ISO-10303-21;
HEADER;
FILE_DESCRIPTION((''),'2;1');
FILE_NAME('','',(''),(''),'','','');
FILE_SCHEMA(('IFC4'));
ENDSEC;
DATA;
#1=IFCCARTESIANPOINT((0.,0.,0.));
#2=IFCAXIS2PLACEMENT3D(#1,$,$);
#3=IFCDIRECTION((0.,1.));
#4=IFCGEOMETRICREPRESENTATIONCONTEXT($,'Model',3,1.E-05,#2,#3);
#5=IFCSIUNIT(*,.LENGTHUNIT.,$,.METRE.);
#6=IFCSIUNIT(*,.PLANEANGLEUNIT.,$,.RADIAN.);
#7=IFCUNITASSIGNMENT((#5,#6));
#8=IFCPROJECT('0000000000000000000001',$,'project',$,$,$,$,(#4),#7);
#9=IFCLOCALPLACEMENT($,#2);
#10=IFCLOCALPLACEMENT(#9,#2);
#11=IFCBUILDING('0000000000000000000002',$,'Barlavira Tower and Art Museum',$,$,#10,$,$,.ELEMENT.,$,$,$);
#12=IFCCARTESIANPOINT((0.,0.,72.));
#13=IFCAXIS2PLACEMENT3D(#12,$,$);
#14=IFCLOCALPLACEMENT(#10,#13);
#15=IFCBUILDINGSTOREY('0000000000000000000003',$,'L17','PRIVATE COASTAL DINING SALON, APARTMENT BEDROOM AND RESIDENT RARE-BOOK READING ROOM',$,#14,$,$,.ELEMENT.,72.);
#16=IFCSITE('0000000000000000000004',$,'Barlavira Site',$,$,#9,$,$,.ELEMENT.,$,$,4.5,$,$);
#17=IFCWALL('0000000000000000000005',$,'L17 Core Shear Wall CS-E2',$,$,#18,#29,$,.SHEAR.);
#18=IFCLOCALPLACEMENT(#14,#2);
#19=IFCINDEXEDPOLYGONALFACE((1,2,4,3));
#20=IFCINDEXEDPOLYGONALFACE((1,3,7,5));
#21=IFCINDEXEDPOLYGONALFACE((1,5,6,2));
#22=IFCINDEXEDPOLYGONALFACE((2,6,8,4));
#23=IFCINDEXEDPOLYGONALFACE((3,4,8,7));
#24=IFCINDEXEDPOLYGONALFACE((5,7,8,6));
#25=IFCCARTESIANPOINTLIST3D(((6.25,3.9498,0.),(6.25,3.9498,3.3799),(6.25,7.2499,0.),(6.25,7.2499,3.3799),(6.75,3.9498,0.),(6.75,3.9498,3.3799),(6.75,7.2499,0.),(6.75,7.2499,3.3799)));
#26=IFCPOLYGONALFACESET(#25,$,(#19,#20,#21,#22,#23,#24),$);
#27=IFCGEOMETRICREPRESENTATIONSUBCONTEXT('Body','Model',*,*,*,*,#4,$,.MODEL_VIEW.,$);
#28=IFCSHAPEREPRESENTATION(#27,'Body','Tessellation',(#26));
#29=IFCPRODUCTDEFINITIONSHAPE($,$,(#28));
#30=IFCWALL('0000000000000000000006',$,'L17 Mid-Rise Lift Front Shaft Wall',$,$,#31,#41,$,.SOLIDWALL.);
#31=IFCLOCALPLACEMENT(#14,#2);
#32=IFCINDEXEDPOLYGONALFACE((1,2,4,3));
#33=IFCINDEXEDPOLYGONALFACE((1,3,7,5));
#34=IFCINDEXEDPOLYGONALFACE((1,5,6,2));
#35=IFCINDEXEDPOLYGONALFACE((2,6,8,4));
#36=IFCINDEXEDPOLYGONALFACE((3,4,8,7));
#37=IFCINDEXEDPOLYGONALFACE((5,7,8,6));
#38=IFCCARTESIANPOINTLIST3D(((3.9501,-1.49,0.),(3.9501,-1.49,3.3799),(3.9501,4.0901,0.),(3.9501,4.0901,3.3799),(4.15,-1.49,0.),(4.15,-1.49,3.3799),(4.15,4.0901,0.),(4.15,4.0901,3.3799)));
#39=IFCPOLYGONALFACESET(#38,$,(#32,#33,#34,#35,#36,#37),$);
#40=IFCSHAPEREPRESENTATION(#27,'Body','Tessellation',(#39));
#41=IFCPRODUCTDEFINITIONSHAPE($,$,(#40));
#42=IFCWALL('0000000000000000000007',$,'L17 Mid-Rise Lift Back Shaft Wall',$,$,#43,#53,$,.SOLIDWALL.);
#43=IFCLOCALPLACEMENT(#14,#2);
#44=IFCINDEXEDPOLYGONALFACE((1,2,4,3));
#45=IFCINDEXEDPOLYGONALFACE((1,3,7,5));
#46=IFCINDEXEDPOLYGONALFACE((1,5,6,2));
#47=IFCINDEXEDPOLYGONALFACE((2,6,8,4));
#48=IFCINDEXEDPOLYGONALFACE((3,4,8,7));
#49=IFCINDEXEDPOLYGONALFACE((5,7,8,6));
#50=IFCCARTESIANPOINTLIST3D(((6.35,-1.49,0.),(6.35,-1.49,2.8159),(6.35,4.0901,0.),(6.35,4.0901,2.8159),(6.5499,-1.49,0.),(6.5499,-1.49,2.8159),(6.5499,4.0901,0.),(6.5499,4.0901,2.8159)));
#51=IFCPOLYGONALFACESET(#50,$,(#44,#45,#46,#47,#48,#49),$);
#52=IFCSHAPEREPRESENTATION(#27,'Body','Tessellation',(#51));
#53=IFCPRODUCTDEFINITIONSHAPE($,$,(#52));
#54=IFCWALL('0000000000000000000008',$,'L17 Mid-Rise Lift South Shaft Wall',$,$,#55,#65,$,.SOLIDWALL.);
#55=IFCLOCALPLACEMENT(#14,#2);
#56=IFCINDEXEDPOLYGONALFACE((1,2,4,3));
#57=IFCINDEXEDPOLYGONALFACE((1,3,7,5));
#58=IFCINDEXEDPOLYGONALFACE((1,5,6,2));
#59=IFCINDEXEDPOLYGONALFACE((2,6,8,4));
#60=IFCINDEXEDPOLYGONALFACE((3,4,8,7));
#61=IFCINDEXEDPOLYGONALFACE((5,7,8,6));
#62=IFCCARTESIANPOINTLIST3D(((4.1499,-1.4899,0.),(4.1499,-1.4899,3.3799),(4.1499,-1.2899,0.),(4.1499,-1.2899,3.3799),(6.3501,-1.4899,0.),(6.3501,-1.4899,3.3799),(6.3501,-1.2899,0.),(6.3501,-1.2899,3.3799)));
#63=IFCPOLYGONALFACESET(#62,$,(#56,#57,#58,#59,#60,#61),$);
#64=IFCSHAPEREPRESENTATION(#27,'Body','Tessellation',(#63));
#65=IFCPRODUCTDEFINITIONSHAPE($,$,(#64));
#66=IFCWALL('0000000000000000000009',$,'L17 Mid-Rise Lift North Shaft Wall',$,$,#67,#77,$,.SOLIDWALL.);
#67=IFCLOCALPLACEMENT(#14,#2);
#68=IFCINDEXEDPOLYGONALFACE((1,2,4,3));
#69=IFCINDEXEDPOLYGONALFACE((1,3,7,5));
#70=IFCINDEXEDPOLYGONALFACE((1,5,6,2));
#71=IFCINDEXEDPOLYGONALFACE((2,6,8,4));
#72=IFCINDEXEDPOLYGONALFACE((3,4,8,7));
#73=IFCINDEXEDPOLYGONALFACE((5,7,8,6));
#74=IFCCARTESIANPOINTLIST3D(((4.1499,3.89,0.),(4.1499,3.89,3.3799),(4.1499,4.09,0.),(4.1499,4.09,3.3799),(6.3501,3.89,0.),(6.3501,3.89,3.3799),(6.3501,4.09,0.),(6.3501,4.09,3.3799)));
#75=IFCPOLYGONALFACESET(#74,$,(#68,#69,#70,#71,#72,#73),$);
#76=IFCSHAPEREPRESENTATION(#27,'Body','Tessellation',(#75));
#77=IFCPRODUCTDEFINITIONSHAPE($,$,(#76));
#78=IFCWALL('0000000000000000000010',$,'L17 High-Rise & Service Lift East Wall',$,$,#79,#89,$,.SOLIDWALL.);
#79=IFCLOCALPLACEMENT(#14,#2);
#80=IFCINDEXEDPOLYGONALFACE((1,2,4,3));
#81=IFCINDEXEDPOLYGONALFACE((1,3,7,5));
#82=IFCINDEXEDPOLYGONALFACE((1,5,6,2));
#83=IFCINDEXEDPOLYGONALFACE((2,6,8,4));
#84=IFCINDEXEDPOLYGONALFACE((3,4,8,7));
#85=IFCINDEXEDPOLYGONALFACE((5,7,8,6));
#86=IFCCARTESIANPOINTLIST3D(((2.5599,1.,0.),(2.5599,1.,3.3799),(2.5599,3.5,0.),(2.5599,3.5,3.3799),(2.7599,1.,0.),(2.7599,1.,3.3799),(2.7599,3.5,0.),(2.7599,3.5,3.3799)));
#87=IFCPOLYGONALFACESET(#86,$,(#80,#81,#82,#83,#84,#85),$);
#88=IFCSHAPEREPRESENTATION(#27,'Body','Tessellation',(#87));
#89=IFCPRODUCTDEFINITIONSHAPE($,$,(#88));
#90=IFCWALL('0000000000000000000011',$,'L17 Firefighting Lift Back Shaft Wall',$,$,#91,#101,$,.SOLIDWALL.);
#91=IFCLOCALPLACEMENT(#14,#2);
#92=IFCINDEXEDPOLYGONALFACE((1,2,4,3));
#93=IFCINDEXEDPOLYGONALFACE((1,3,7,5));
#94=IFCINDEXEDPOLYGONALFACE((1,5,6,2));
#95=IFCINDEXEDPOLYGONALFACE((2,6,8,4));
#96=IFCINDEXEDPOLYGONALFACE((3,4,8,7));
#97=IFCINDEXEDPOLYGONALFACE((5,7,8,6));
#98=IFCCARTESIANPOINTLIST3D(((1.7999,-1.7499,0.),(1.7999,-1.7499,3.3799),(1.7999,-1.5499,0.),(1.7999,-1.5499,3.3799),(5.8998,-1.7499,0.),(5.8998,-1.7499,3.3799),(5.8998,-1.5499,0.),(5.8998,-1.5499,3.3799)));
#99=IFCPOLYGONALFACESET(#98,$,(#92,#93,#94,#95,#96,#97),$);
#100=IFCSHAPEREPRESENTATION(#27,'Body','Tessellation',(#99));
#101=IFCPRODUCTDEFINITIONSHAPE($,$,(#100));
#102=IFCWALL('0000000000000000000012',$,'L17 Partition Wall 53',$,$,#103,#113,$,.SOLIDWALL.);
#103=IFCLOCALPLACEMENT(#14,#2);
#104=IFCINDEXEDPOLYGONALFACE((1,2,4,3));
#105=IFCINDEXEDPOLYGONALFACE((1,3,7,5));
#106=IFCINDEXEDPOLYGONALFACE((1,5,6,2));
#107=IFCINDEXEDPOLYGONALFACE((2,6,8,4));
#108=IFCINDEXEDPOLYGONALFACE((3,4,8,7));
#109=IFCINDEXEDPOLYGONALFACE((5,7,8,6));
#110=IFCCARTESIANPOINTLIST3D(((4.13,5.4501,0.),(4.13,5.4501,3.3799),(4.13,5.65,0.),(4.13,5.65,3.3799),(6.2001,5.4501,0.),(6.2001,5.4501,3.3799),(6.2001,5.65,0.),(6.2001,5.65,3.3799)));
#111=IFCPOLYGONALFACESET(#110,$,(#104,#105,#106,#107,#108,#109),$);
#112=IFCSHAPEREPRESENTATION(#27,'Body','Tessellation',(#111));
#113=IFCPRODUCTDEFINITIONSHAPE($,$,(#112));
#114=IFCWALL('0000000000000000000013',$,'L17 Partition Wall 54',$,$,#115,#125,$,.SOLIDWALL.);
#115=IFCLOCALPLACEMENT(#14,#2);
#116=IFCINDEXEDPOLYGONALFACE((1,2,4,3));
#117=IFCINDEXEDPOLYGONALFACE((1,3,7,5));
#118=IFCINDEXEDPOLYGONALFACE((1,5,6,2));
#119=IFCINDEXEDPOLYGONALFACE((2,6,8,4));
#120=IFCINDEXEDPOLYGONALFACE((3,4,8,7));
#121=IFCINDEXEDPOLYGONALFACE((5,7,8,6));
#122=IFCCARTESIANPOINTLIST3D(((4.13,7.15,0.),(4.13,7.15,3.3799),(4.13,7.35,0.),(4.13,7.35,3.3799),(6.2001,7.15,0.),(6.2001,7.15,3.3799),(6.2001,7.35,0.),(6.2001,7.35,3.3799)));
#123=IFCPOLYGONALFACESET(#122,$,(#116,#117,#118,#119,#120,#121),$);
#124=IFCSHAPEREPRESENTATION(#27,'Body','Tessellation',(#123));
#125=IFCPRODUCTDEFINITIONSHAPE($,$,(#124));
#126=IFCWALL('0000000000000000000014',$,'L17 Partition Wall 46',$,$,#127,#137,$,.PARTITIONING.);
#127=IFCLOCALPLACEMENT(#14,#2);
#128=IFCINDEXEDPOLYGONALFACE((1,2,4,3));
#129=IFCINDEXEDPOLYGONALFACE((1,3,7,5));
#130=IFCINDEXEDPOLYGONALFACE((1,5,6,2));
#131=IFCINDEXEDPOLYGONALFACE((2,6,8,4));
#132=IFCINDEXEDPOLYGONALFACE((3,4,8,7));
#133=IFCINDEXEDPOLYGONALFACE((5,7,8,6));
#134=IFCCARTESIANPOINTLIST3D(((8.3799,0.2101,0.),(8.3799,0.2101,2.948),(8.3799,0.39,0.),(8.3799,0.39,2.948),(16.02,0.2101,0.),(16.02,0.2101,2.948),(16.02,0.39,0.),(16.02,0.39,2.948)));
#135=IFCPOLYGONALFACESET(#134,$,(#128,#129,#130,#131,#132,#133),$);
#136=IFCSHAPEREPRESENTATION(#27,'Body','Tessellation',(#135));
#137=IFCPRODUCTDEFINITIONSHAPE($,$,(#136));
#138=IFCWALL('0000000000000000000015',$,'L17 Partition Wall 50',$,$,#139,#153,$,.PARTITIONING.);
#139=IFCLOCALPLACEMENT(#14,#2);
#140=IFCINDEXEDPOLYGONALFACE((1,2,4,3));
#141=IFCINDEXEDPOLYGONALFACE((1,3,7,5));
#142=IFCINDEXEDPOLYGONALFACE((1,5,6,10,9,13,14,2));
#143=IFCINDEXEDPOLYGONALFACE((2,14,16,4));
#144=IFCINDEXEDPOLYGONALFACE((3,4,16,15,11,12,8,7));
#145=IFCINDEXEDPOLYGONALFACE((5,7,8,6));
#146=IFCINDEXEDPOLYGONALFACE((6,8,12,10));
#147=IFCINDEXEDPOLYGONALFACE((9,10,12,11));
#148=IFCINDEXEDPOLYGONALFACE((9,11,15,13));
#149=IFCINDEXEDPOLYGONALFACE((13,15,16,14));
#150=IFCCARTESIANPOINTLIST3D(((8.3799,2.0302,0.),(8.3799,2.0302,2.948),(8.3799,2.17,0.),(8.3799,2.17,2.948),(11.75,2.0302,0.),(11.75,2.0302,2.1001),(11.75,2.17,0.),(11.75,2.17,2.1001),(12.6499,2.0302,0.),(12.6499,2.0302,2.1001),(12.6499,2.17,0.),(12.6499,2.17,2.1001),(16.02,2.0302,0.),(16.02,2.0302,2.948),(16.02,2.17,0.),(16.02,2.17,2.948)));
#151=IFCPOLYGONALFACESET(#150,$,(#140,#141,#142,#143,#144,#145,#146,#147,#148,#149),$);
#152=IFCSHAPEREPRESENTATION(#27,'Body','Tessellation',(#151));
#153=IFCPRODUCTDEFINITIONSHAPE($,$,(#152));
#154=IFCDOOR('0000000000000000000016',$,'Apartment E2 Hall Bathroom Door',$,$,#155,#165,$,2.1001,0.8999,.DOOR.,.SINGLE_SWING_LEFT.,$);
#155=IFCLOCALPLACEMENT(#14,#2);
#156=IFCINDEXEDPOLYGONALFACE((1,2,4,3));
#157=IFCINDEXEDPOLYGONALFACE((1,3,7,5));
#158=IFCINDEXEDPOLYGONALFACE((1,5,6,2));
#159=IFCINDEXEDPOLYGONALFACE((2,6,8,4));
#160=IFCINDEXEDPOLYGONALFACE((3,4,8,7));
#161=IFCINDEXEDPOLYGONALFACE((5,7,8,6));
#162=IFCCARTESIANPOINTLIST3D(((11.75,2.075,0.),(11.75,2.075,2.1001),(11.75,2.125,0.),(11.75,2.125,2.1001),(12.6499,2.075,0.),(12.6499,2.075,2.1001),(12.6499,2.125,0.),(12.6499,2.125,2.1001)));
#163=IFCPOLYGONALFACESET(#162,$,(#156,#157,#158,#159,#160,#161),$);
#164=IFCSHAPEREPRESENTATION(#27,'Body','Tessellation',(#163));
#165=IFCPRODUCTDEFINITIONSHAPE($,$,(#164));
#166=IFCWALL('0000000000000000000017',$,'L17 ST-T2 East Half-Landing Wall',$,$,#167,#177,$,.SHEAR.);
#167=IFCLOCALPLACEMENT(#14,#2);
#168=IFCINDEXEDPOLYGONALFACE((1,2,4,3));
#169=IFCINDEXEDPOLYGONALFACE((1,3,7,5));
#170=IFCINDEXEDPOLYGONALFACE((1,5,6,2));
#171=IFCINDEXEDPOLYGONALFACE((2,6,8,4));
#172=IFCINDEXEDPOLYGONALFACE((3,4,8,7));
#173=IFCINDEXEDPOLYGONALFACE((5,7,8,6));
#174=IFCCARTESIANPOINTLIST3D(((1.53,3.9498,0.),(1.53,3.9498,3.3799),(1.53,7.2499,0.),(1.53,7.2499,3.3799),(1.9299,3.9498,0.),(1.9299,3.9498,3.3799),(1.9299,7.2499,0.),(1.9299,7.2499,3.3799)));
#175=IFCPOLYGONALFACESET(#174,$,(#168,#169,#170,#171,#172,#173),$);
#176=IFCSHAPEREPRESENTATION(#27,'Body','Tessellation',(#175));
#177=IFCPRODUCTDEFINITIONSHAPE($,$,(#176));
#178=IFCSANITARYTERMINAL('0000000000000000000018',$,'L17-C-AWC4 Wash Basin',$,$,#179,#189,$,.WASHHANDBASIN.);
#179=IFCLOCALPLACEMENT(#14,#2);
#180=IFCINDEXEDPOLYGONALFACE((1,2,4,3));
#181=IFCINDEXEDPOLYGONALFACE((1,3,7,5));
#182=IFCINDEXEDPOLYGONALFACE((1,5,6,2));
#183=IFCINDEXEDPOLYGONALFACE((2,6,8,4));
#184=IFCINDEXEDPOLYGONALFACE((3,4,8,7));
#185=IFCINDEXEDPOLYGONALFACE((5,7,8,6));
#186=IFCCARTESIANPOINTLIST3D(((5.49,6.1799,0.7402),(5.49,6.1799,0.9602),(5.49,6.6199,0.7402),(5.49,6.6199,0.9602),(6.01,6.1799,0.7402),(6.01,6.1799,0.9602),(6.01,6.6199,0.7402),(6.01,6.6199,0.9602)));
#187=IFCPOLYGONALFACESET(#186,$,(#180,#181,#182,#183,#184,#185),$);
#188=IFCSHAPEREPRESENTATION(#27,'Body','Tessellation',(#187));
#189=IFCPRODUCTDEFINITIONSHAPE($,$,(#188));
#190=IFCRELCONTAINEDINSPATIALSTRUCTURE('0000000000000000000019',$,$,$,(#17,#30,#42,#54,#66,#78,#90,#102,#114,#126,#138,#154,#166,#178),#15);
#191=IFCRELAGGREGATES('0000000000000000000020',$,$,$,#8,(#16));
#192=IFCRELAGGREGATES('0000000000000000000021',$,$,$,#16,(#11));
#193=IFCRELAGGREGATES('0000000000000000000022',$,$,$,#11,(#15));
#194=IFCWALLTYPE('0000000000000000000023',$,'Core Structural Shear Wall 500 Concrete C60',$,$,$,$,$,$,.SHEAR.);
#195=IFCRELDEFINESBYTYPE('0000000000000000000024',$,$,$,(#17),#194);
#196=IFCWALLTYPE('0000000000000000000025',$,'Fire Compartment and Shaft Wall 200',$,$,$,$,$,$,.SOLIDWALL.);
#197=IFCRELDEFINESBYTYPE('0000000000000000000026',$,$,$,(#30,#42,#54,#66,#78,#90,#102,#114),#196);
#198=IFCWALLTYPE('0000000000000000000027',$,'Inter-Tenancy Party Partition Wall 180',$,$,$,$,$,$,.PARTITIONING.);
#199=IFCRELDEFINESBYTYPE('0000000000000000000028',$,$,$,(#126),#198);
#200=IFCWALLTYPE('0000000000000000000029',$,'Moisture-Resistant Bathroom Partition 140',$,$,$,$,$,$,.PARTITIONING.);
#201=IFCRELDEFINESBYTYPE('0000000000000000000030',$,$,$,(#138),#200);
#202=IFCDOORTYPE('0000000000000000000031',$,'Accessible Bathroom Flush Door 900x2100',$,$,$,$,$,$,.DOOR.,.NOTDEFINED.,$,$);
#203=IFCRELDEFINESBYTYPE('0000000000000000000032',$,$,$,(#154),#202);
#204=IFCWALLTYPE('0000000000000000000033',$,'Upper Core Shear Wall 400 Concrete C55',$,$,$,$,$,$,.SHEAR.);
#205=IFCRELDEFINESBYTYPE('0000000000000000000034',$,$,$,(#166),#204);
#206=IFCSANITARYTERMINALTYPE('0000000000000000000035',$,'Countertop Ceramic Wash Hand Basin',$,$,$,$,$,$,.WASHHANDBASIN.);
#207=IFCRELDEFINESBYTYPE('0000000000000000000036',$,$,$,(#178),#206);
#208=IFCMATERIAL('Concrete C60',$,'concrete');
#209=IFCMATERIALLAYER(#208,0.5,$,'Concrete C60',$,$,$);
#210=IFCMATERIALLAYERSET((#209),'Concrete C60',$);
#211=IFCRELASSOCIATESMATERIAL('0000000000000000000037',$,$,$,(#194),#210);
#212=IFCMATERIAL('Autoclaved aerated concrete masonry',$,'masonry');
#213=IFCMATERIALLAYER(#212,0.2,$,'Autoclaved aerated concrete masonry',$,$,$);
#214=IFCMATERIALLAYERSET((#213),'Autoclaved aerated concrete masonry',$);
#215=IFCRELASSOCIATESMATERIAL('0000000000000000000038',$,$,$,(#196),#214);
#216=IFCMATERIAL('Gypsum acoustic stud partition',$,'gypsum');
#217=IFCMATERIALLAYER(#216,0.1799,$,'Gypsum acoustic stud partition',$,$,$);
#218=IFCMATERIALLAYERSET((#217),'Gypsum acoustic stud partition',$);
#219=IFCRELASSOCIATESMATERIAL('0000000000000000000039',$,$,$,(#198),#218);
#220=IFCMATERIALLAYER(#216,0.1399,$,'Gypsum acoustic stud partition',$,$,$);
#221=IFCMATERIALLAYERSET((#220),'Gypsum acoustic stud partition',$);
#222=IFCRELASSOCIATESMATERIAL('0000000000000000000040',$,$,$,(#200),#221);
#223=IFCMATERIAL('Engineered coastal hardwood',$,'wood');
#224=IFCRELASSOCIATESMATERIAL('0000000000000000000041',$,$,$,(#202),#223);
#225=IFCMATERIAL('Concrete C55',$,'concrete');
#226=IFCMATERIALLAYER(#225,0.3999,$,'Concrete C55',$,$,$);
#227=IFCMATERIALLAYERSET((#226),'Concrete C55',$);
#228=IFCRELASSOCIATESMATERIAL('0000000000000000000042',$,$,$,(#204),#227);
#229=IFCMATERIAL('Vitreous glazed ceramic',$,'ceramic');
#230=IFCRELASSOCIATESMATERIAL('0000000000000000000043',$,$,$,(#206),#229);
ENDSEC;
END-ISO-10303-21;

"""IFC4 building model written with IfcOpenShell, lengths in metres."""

from ifc_helpers import new_model, si_unit, direction, frame, frame_2d, origin, origin_2d, place, context, subcontext, project, spatial, rectangle, extrude, material, layer, layer_set, type_object, element, fill, save


model = new_model("IFC4")

# Units and contexts
model_context = context("Model", 3, precision=1e-05, world=origin(), true_north=direction((0.0, 1.0)))
body_context = subcontext(model_context, "Body", "Model", "MODEL_VIEW")
ifc_project = project(units=[si_unit("LENGTHUNIT", "METRE"), si_unit("PLANEANGLEUNIT", "RADIAN")], contexts=[model_context])

# Site, building, storey
site_placement = place(None, origin())
site = spatial("IfcSite", under=ifc_project, at=site_placement, Name="Barlavira Site", CompositionType="ELEMENT", RefElevation=4.5)
building_placement = place(site_placement, origin())
building = spatial("IfcBuilding", under=site, at=building_placement, Name="Barlavira Tower and Art Museum", CompositionType="ELEMENT")
storey_placement = place(building_placement, frame((0.0, 0.0, 72.0)))
storey = spatial("IfcBuildingStorey", under=building, at=storey_placement, Name="L17", Description="PRIVATE COASTAL DINING SALON, APARTMENT BEDROOM AND RESIDENT RARE-BOOK READING ROOM", CompositionType="ELEMENT", Elevation=72.0)

# Shared definitions
ifc_material_1 = material(Name="Gypsum acoustic stud partition", Category="gypsum")
ifc_material_2 = material(Name="Engineered coastal hardwood", Category="wood")

# Walls
ifc_material_3 = material(Name="Concrete C60", Category="concrete")
ifc_layer_1 = layer(ifc_material_3, 0.5, Name="Concrete C60")
ifc_layer_set_1 = layer_set([ifc_layer_1], Name="Concrete C60")
wall_type_1 = type_object("IfcWallType", Name="Core Structural Shear Wall 500 Concrete C60", PredefinedType="SHEAR", material=ifc_layer_set_1)
wall_1_placement = place(storey_placement, frame((6.5, 3.95, 0.0), z_axis=(0.0, 0.0, 1.0), x_axis=(0.0, 1.0, 0.0)))
element("IfcWall", 1, at=wall_1_placement, inside=storey, type_object=wall_type_1, Name="L17 Core Shear Wall CS-E2", PredefinedType="SHEAR", context=body_context, shape_type="SweptSolid", body=[
    extrude(rectangle(XDim=3.3, YDim=0.5, at=frame_2d((1.6499, 0.0))), origin(), (0.0, 0.0, 1.0), 3.3799),
])
ifc_material_4 = material(Name="Autoclaved aerated concrete masonry", Category="masonry")
ifc_layer_2 = layer(ifc_material_4, 0.2, Name="Autoclaved aerated concrete masonry")
ifc_layer_set_2 = layer_set([ifc_layer_2], Name="Autoclaved aerated concrete masonry")
wall_type_2 = type_object("IfcWallType", Name="Fire Compartment and Shaft Wall 200", PredefinedType="SOLIDWALL", material=ifc_layer_set_2)
wall_2_placement = place(storey_placement, frame((4.05, -1.49, 0.0), z_axis=(0.0, 0.0, 1.0), x_axis=(0.0, 1.0, 0.0)))
element("IfcWall", 2, at=wall_2_placement, inside=storey, type_object=wall_type_2, Name="L17 Mid-Rise Lift Front Shaft Wall", PredefinedType="SOLIDWALL", context=body_context, shape_type="SweptSolid", body=[
    extrude(rectangle(XDim=5.5801, YDim=0.2, at=frame_2d((2.79, 0.0))), origin(), (0.0, 0.0, 1.0), 3.3799),
])
wall_3_placement = place(storey_placement, frame((6.45, -1.49, 0.0), z_axis=(0.0, 0.0, 1.0), x_axis=(0.0, 1.0, 0.0)))
element("IfcWall", 3, at=wall_3_placement, inside=storey, type_object=wall_type_2, Name="L17 Mid-Rise Lift Back Shaft Wall", PredefinedType="SOLIDWALL", context=body_context, shape_type="SweptSolid", body=[
    extrude(rectangle(XDim=5.5801, YDim=0.2, at=frame_2d((2.79, 0.0))), origin(), (0.0, 0.0, 1.0), 2.8159),
])
for number, where, z_axis, x_axis, name in (
    (4, (4.1499, -1.3899, 0.0), (0.0, 0.0, 1.0), (1.0, 0.0, 0.0), "L17 Mid-Rise Lift South Shaft Wall"),
    (5, (4.1499, 3.99, 0.0), (0.0, 0.0, 1.0), (1.0, 0.0, 0.0), "L17 Mid-Rise Lift North Shaft Wall"),
):
    element("IfcWall", number, at=place(storey_placement, frame(where, z_axis=z_axis, x_axis=x_axis)), inside=storey, type_object=wall_type_2, Name=name, PredefinedType="SOLIDWALL", context=body_context, shape_type="SweptSolid", body=[
        extrude(rectangle(XDim=2.2002, YDim=0.2, at=frame_2d((1.1001, 0.0))), origin(), (0.0, 0.0, 1.0), 3.3799),
    ])
wall_4_placement = place(storey_placement, frame((2.6599, 1.0, 0.0), z_axis=(0.0, 0.0, 1.0), x_axis=(0.0, 1.0, 0.0)))
element("IfcWall", 6, at=wall_4_placement, inside=storey, type_object=wall_type_2, Name="L17 High-Rise & Service Lift East Wall", PredefinedType="SOLIDWALL", context=body_context, shape_type="SweptSolid", body=[
    extrude(rectangle(XDim=2.5, YDim=0.2, at=frame_2d((1.25, 0.0))), origin(), (0.0, 0.0, 1.0), 3.3799),
])
wall_5_placement = place(storey_placement, frame((1.8, -1.6499, 0.0), z_axis=(0.0, 0.0, 1.0), x_axis=(1.0, 0.0, 0.0)))
element("IfcWall", 7, at=wall_5_placement, inside=storey, type_object=wall_type_2, Name="L17 Firefighting Lift Back Shaft Wall", PredefinedType="SOLIDWALL", context=body_context, shape_type="SweptSolid", body=[
    extrude(rectangle(XDim=4.0999, YDim=0.2, at=frame_2d((2.0498, 0.0))), origin(), (0.0, 0.0, 1.0), 3.3799),
])

# Walls
for number, where, z_axis, x_axis, name in (
    (8, (4.1299, 5.55, 0.0), (0.0, 0.0, 1.0), (1.0, 0.0, 0.0), "L17 Partition Wall 53"),
    (9, (4.1299, 7.25, 0.0), (0.0, 0.0, 1.0), (1.0, 0.0, 0.0), "L17 Partition Wall 54"),
):
    element("IfcWall", number, at=place(storey_placement, frame(where, z_axis=z_axis, x_axis=x_axis)), inside=storey, type_object=wall_type_2, Name=name, PredefinedType="SOLIDWALL", context=body_context, shape_type="SweptSolid", body=[
        extrude(rectangle(XDim=2.0701, YDim=0.2, at=frame_2d((1.0352, 0.0))), origin(), (0.0, 0.0, 1.0), 3.3799),
    ])
ifc_layer_3 = layer(ifc_material_1, 0.1799, Name="Gypsum acoustic stud partition")
ifc_layer_set_3 = layer_set([ifc_layer_3], Name="Gypsum acoustic stud partition")
wall_type_3 = type_object("IfcWallType", Name="Inter-Tenancy Party Partition Wall 180", PredefinedType="PARTITIONING", material=ifc_layer_set_3)
wall_6_placement = place(storey_placement, frame((8.3799, 0.3, 0.0), z_axis=(0.0, 0.0, 1.0), x_axis=(1.0, 0.0, 0.0)))
element("IfcWall", 10, at=wall_6_placement, inside=storey, type_object=wall_type_3, Name="L17 Partition Wall 46", PredefinedType="PARTITIONING", context=body_context, shape_type="SweptSolid", body=[
    extrude(rectangle(XDim=7.6401, YDim=0.1799, at=frame_2d((3.8201, 0.0))), origin(), (0.0, 0.0, 1.0), 2.948),
])

# Wall, opening, door
ifc_layer_4 = layer(ifc_material_1, 0.1399, Name="Gypsum acoustic stud partition")
ifc_layer_set_4 = layer_set([ifc_layer_4], Name="Gypsum acoustic stud partition")
wall_type_4 = type_object("IfcWallType", Name="Moisture-Resistant Bathroom Partition 140", PredefinedType="PARTITIONING", material=ifc_layer_set_4)
wall_7_placement = place(storey_placement, frame((8.3799, 2.1001, 0.0), z_axis=(0.0, 0.0, 1.0), x_axis=(1.0, 0.0, 0.0)))
wall_7 = element("IfcWall", 11, at=wall_7_placement, inside=storey, type_object=wall_type_4, Name="L17 Partition Wall 50", PredefinedType="PARTITIONING", context=body_context, shape_type="SweptSolid", body=[
    extrude(rectangle(XDim=7.6401, YDim=0.1399, at=frame_2d((3.8201, 0.0))), origin(), (0.0, 0.0, 1.0), 2.948),
])
opening_1_placement = place(wall_7_placement, frame((3.3701, 0.0, 0.0)))
opening_1 = element("IfcOpeningElement", 12, at=opening_1_placement, cuts=wall_7, PredefinedType="OPENING", context=body_context, shape_type="SweptSolid", body=[
    extrude(rectangle(XDim=0.8999, YDim=2.1001, at=frame_2d((0.45, 1.05))), frame((0.0, 0.0801, 0.0), z_axis=(0.0, -1.0, 0.0), x_axis=(1.0, 0.0, 0.0)), (0.0, 0.0, 1.0), 0.1599),
])
door_type_1 = type_object("IfcDoorType", Name="Accessible Bathroom Flush Door 900x2100", OperationType="NOTDEFINED", PredefinedType="DOOR", material=ifc_material_2)
door_1_placement = place(opening_1_placement, origin())
door_1 = element("IfcDoor", 13, at=door_1_placement, inside=storey, type_object=door_type_1, Name="Apartment E2 Hall Bathroom Door", OperationType="SINGLE_SWING_LEFT", OverallHeight=2.1001, OverallWidth=0.8999, PredefinedType="DOOR", context=body_context, shape_type="SweptSolid", body=[
    extrude(rectangle(XDim=0.8999, YDim=2.1001, at=frame_2d((0.45, 1.05))), frame((0.0, 0.0249, 0.0), z_axis=(0.0, -1.0, 0.0), x_axis=(1.0, 0.0, 0.0)), (0.0, 0.0, 1.0), 0.05),
])
fill(opening_1, door_1)

# Wall
ifc_material_5 = material(Name="Concrete C55", Category="concrete")
ifc_layer_5 = layer(ifc_material_5, 0.3999, Name="Concrete C55")
ifc_layer_set_5 = layer_set([ifc_layer_5], Name="Concrete C55")
wall_type_5 = type_object("IfcWallType", Name="Upper Core Shear Wall 400 Concrete C55", PredefinedType="SHEAR", material=ifc_layer_set_5)
wall_8_placement = place(storey_placement, frame((1.73, 3.95, 0.0), z_axis=(0.0, 0.0, 1.0), x_axis=(0.0, 1.0, 0.0)))
element("IfcWall", 14, at=wall_8_placement, inside=storey, type_object=wall_type_5, Name="L17 ST-T2 East Half-Landing Wall", PredefinedType="SHEAR", context=body_context, shape_type="SweptSolid", body=[
    extrude(rectangle(XDim=3.3, YDim=0.3999, at=frame_2d((1.6499, 0.0))), origin(), (0.0, 0.0, 1.0), 3.3799),
])

# Sanitary terminal
ifc_material_6 = material(Name="Vitreous glazed ceramic", Category="ceramic")
sanitary_terminal_type_1 = type_object("IfcSanitaryTerminalType", Name="Countertop Ceramic Wash Hand Basin", PredefinedType="WASHHANDBASIN", material=ifc_material_6)
sanitary_terminal_1_placement = place(storey_placement, frame((5.75, 6.3999, 0.7402), z_axis=(0.0, 0.0, 1.0), x_axis=(1.0, 0.0, 0.0)))
element("IfcSanitaryTerminal", 15, at=sanitary_terminal_1_placement, inside=storey, type_object=sanitary_terminal_type_1, Name="L17-C-AWC4 Wash Basin", PredefinedType="WASHHANDBASIN", context=body_context, shape_type="SweptSolid", body=[
    extrude(rectangle(XDim=0.52, YDim=0.4399, at=origin_2d()), origin(), (0.0, 0.0, 1.0), 0.22),
])

save(model, "model.ifc")
